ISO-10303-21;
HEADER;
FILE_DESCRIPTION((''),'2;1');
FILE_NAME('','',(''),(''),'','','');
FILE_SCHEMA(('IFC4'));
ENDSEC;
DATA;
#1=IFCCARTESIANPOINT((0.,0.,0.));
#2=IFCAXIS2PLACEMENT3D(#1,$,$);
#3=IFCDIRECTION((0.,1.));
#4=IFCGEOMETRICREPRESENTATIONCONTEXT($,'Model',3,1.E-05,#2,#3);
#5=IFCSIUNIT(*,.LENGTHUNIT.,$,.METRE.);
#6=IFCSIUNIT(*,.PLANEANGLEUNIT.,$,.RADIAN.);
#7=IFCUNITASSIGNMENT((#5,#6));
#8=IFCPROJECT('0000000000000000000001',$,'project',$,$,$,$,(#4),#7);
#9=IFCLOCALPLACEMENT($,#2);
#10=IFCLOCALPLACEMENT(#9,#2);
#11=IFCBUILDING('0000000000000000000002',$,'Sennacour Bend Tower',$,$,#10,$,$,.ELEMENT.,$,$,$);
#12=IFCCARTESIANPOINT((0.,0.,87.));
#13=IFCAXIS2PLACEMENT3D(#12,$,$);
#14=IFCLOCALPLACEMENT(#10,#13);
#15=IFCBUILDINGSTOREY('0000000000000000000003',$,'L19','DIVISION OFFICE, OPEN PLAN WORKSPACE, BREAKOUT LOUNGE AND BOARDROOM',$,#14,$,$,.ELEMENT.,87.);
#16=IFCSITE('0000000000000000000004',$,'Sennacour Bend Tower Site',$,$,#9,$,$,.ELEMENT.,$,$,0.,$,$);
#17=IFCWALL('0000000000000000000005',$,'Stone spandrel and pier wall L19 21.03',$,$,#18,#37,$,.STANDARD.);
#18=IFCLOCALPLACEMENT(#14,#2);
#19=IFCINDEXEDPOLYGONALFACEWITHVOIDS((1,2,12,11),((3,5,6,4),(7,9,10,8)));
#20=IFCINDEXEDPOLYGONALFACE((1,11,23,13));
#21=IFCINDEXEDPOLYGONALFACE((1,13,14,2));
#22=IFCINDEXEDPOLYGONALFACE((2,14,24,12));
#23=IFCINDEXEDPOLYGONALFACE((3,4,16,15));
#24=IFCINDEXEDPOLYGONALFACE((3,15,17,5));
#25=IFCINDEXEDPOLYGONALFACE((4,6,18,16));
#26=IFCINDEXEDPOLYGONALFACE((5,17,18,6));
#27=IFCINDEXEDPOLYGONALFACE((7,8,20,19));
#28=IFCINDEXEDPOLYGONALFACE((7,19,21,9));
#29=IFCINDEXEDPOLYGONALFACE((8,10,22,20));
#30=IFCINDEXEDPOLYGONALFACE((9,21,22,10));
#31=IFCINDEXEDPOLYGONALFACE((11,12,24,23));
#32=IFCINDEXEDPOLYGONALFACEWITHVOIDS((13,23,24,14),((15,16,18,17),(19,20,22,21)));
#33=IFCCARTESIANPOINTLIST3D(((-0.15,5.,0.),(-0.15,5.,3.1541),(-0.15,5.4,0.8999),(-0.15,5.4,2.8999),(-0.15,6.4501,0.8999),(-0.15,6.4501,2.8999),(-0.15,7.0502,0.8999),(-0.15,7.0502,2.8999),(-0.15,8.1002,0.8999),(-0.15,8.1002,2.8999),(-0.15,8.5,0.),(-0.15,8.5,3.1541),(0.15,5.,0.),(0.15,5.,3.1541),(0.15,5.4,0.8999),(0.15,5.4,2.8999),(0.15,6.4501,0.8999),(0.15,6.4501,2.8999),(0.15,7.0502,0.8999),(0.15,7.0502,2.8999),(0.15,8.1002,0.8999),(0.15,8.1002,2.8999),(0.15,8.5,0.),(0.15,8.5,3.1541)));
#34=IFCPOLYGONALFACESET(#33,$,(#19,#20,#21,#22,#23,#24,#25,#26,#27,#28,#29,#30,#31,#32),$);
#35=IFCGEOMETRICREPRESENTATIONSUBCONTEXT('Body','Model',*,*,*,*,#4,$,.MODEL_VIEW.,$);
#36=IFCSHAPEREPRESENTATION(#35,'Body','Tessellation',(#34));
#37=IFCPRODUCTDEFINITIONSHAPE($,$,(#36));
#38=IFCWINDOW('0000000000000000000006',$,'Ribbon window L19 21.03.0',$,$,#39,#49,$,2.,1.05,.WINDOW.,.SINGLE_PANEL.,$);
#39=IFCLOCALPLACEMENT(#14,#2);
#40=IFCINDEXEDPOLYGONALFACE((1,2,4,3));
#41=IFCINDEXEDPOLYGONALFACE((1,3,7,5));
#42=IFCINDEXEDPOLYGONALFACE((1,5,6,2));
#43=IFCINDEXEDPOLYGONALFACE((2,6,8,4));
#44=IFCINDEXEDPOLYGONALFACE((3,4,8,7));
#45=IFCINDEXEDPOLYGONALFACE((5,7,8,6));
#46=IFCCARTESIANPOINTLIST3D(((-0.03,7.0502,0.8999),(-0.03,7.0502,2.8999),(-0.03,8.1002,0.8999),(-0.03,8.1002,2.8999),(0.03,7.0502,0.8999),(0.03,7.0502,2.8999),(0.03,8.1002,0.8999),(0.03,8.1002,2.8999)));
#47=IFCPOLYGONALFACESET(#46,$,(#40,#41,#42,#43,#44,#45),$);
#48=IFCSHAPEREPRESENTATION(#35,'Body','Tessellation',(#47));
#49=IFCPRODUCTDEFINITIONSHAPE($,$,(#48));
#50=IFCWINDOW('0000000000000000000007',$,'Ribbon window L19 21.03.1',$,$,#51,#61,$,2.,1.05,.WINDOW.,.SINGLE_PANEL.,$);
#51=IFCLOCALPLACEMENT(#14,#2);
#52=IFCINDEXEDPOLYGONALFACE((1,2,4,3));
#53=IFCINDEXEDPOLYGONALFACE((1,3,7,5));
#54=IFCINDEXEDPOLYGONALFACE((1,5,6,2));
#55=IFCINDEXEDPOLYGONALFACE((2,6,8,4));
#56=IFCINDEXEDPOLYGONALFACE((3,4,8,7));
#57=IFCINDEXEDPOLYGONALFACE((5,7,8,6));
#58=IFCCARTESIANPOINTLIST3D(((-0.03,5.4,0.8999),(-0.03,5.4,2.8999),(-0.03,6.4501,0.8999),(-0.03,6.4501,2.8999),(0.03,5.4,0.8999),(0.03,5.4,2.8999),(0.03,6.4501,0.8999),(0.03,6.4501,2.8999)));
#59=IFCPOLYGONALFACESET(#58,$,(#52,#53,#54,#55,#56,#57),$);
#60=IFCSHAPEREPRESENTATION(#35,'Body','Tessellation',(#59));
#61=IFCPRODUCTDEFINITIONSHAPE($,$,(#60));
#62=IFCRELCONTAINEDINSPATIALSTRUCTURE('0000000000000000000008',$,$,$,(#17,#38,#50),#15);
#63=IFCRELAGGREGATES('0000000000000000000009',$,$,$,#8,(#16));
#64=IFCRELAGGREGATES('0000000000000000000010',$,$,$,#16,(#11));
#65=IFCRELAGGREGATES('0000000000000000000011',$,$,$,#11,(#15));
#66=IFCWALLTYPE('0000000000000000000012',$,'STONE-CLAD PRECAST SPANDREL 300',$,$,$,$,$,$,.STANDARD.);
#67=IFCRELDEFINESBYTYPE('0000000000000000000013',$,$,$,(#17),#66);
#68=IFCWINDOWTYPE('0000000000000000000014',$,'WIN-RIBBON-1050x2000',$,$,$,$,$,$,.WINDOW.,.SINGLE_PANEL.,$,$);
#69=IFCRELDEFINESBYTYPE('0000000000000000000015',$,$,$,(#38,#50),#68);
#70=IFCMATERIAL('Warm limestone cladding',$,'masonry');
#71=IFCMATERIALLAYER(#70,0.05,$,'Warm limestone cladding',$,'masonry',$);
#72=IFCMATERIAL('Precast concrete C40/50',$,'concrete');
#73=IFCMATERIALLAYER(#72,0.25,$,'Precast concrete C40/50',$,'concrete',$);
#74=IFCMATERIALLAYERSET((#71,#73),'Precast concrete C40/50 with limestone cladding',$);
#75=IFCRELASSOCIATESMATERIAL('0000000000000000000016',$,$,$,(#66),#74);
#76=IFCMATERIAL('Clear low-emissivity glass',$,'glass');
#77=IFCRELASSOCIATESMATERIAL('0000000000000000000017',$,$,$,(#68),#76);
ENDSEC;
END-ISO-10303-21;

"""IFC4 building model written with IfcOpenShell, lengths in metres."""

from ifc_helpers import new_model, si_unit, direction, frame, frame_2d, origin, place, context, subcontext, project, spatial, rectangle, extrude, material, layer, layer_set, type_object, element, fill, save


model = new_model("IFC4")

# Units and contexts
model_context = context("Model", 3, precision=1e-05, world=origin(), true_north=direction((0.0, 1.0)))
body_context = subcontext(model_context, "Body", "Model", "MODEL_VIEW")
ifc_project = project(units=[si_unit("LENGTHUNIT", "METRE"), si_unit("PLANEANGLEUNIT", "RADIAN")], contexts=[model_context])

# Site, building, storey
site_placement = place(None, origin())
site = spatial("IfcSite", under=ifc_project, at=site_placement, Name="Sennacour Bend Tower Site", CompositionType="ELEMENT", RefElevation=0.0)
building_placement = place(site_placement, origin())
building = spatial("IfcBuilding", under=site, at=building_placement, Name="Sennacour Bend Tower", CompositionType="ELEMENT")
storey_placement = place(building_placement, frame((0.0, 0.0, 87.0)))
storey = spatial("IfcBuildingStorey", under=building, at=storey_placement, Name="L19", Description="DIVISION OFFICE, OPEN PLAN WORKSPACE, BREAKOUT LOUNGE AND BOARDROOM", CompositionType="ELEMENT", Elevation=87.0)

# Wall, openings, windows
ifc_material_1 = material(Name="Warm limestone cladding", Category="masonry")
ifc_layer_1 = layer(ifc_material_1, 0.05, Name="Warm limestone cladding", Category="masonry")
ifc_material_2 = material(Name="Precast concrete C40/50", Category="concrete")
ifc_layer_2 = layer(ifc_material_2, 0.25, Name="Precast concrete C40/50", Category="concrete")
ifc_layer_set = layer_set([ifc_layer_1, ifc_layer_2], Name="Precast concrete C40/50 with limestone cladding")
wall_type = type_object("IfcWallType", Name="STONE-CLAD PRECAST SPANDREL 300", PredefinedType="STANDARD", material=ifc_layer_set)
ifc_material_3 = material(Name="Clear low-emissivity glass", Category="glass")
window_type = type_object("IfcWindowType", Name="WIN-RIBBON-1050x2000", PartitioningType="SINGLE_PANEL", PredefinedType="WINDOW", material=ifc_material_3)
wall_1_placement = place(storey_placement, frame((0.0, 8.5, 0.0), z_axis=(0.0, 0.0, 1.0), x_axis=(0.0, -1.0, 0.0)))
wall_1 = element("IfcWall", 1, at=wall_1_placement, inside=storey, type_object=wall_type, Name="Stone spandrel and pier wall L19 21.03", PredefinedType="STANDARD", context=body_context, shape_type="SweptSolid", body=[
    extrude(rectangle(XDim=3.5, YDim=0.3, at=frame_2d((1.75, 0.0))), origin(), (0.0, 0.0, 1.0), 3.1541),
])
opening_1_placement = place(wall_1_placement, frame((0.3999, 0.0, 0.8999)))
opening_1 = element("IfcOpeningElement", 2, at=opening_1_placement, cuts=wall_1, PredefinedType="OPENING", context=body_context, shape_type="SweptSolid", body=[
    extrude(rectangle(XDim=1.05, YDim=2.0, at=frame_2d((0.5249, 1.0))), frame((0.0, 0.1602, 0.0), z_axis=(0.0, -1.0, 0.0), x_axis=(1.0, 0.0, 0.0)), (0.0, 0.0, 1.0), 0.3201),
])
opening_2_placement = place(wall_1_placement, frame((2.05, 0.0, 0.8999)))
opening_2 = element("IfcOpeningElement", 3, at=opening_2_placement, cuts=wall_1, PredefinedType="OPENING", context=body_context, shape_type="SweptSolid", body=[
    extrude(rectangle(XDim=1.05, YDim=2.0, at=frame_2d((0.5249, 1.0))), frame((0.0, 0.1602, 0.0), z_axis=(0.0, -1.0, 0.0), x_axis=(1.0, 0.0, 0.0)), (0.0, 0.0, 1.0), 0.3201),
])
window_1_placement = place(opening_1_placement, origin())
window_1 = element("IfcWindow", 4, at=window_1_placement, inside=storey, type_object=window_type, Name="Ribbon window L19 21.03.0", OverallHeight=2.0, OverallWidth=1.05, PartitioningType="SINGLE_PANEL", PredefinedType="WINDOW", context=body_context, shape_type="SweptSolid", body=[
    extrude(rectangle(XDim=1.05, YDim=2.0, at=frame_2d((0.5249, 1.0))), frame((0.0, 0.03, 0.0), z_axis=(0.0, -1.0, 0.0), x_axis=(1.0, 0.0, 0.0)), (0.0, 0.0, 1.0), 0.0601),
])
fill(opening_1, window_1)
window_2_placement = place(opening_2_placement, origin())
window_2 = element("IfcWindow", 5, at=window_2_placement, inside=storey, type_object=window_type, Name="Ribbon window L19 21.03.1", OverallHeight=2.0, OverallWidth=1.05, PartitioningType="SINGLE_PANEL", PredefinedType="WINDOW", context=body_context, shape_type="SweptSolid", body=[
    extrude(rectangle(XDim=1.05, YDim=2.0, at=frame_2d((0.5249, 1.0))), frame((0.0, 0.03, 0.0), z_axis=(0.0, -1.0, 0.0), x_axis=(1.0, 0.0, 0.0)), (0.0, 0.0, 1.0), 0.0601),
])
fill(opening_2, window_2)

save(model, "model.ifc")
